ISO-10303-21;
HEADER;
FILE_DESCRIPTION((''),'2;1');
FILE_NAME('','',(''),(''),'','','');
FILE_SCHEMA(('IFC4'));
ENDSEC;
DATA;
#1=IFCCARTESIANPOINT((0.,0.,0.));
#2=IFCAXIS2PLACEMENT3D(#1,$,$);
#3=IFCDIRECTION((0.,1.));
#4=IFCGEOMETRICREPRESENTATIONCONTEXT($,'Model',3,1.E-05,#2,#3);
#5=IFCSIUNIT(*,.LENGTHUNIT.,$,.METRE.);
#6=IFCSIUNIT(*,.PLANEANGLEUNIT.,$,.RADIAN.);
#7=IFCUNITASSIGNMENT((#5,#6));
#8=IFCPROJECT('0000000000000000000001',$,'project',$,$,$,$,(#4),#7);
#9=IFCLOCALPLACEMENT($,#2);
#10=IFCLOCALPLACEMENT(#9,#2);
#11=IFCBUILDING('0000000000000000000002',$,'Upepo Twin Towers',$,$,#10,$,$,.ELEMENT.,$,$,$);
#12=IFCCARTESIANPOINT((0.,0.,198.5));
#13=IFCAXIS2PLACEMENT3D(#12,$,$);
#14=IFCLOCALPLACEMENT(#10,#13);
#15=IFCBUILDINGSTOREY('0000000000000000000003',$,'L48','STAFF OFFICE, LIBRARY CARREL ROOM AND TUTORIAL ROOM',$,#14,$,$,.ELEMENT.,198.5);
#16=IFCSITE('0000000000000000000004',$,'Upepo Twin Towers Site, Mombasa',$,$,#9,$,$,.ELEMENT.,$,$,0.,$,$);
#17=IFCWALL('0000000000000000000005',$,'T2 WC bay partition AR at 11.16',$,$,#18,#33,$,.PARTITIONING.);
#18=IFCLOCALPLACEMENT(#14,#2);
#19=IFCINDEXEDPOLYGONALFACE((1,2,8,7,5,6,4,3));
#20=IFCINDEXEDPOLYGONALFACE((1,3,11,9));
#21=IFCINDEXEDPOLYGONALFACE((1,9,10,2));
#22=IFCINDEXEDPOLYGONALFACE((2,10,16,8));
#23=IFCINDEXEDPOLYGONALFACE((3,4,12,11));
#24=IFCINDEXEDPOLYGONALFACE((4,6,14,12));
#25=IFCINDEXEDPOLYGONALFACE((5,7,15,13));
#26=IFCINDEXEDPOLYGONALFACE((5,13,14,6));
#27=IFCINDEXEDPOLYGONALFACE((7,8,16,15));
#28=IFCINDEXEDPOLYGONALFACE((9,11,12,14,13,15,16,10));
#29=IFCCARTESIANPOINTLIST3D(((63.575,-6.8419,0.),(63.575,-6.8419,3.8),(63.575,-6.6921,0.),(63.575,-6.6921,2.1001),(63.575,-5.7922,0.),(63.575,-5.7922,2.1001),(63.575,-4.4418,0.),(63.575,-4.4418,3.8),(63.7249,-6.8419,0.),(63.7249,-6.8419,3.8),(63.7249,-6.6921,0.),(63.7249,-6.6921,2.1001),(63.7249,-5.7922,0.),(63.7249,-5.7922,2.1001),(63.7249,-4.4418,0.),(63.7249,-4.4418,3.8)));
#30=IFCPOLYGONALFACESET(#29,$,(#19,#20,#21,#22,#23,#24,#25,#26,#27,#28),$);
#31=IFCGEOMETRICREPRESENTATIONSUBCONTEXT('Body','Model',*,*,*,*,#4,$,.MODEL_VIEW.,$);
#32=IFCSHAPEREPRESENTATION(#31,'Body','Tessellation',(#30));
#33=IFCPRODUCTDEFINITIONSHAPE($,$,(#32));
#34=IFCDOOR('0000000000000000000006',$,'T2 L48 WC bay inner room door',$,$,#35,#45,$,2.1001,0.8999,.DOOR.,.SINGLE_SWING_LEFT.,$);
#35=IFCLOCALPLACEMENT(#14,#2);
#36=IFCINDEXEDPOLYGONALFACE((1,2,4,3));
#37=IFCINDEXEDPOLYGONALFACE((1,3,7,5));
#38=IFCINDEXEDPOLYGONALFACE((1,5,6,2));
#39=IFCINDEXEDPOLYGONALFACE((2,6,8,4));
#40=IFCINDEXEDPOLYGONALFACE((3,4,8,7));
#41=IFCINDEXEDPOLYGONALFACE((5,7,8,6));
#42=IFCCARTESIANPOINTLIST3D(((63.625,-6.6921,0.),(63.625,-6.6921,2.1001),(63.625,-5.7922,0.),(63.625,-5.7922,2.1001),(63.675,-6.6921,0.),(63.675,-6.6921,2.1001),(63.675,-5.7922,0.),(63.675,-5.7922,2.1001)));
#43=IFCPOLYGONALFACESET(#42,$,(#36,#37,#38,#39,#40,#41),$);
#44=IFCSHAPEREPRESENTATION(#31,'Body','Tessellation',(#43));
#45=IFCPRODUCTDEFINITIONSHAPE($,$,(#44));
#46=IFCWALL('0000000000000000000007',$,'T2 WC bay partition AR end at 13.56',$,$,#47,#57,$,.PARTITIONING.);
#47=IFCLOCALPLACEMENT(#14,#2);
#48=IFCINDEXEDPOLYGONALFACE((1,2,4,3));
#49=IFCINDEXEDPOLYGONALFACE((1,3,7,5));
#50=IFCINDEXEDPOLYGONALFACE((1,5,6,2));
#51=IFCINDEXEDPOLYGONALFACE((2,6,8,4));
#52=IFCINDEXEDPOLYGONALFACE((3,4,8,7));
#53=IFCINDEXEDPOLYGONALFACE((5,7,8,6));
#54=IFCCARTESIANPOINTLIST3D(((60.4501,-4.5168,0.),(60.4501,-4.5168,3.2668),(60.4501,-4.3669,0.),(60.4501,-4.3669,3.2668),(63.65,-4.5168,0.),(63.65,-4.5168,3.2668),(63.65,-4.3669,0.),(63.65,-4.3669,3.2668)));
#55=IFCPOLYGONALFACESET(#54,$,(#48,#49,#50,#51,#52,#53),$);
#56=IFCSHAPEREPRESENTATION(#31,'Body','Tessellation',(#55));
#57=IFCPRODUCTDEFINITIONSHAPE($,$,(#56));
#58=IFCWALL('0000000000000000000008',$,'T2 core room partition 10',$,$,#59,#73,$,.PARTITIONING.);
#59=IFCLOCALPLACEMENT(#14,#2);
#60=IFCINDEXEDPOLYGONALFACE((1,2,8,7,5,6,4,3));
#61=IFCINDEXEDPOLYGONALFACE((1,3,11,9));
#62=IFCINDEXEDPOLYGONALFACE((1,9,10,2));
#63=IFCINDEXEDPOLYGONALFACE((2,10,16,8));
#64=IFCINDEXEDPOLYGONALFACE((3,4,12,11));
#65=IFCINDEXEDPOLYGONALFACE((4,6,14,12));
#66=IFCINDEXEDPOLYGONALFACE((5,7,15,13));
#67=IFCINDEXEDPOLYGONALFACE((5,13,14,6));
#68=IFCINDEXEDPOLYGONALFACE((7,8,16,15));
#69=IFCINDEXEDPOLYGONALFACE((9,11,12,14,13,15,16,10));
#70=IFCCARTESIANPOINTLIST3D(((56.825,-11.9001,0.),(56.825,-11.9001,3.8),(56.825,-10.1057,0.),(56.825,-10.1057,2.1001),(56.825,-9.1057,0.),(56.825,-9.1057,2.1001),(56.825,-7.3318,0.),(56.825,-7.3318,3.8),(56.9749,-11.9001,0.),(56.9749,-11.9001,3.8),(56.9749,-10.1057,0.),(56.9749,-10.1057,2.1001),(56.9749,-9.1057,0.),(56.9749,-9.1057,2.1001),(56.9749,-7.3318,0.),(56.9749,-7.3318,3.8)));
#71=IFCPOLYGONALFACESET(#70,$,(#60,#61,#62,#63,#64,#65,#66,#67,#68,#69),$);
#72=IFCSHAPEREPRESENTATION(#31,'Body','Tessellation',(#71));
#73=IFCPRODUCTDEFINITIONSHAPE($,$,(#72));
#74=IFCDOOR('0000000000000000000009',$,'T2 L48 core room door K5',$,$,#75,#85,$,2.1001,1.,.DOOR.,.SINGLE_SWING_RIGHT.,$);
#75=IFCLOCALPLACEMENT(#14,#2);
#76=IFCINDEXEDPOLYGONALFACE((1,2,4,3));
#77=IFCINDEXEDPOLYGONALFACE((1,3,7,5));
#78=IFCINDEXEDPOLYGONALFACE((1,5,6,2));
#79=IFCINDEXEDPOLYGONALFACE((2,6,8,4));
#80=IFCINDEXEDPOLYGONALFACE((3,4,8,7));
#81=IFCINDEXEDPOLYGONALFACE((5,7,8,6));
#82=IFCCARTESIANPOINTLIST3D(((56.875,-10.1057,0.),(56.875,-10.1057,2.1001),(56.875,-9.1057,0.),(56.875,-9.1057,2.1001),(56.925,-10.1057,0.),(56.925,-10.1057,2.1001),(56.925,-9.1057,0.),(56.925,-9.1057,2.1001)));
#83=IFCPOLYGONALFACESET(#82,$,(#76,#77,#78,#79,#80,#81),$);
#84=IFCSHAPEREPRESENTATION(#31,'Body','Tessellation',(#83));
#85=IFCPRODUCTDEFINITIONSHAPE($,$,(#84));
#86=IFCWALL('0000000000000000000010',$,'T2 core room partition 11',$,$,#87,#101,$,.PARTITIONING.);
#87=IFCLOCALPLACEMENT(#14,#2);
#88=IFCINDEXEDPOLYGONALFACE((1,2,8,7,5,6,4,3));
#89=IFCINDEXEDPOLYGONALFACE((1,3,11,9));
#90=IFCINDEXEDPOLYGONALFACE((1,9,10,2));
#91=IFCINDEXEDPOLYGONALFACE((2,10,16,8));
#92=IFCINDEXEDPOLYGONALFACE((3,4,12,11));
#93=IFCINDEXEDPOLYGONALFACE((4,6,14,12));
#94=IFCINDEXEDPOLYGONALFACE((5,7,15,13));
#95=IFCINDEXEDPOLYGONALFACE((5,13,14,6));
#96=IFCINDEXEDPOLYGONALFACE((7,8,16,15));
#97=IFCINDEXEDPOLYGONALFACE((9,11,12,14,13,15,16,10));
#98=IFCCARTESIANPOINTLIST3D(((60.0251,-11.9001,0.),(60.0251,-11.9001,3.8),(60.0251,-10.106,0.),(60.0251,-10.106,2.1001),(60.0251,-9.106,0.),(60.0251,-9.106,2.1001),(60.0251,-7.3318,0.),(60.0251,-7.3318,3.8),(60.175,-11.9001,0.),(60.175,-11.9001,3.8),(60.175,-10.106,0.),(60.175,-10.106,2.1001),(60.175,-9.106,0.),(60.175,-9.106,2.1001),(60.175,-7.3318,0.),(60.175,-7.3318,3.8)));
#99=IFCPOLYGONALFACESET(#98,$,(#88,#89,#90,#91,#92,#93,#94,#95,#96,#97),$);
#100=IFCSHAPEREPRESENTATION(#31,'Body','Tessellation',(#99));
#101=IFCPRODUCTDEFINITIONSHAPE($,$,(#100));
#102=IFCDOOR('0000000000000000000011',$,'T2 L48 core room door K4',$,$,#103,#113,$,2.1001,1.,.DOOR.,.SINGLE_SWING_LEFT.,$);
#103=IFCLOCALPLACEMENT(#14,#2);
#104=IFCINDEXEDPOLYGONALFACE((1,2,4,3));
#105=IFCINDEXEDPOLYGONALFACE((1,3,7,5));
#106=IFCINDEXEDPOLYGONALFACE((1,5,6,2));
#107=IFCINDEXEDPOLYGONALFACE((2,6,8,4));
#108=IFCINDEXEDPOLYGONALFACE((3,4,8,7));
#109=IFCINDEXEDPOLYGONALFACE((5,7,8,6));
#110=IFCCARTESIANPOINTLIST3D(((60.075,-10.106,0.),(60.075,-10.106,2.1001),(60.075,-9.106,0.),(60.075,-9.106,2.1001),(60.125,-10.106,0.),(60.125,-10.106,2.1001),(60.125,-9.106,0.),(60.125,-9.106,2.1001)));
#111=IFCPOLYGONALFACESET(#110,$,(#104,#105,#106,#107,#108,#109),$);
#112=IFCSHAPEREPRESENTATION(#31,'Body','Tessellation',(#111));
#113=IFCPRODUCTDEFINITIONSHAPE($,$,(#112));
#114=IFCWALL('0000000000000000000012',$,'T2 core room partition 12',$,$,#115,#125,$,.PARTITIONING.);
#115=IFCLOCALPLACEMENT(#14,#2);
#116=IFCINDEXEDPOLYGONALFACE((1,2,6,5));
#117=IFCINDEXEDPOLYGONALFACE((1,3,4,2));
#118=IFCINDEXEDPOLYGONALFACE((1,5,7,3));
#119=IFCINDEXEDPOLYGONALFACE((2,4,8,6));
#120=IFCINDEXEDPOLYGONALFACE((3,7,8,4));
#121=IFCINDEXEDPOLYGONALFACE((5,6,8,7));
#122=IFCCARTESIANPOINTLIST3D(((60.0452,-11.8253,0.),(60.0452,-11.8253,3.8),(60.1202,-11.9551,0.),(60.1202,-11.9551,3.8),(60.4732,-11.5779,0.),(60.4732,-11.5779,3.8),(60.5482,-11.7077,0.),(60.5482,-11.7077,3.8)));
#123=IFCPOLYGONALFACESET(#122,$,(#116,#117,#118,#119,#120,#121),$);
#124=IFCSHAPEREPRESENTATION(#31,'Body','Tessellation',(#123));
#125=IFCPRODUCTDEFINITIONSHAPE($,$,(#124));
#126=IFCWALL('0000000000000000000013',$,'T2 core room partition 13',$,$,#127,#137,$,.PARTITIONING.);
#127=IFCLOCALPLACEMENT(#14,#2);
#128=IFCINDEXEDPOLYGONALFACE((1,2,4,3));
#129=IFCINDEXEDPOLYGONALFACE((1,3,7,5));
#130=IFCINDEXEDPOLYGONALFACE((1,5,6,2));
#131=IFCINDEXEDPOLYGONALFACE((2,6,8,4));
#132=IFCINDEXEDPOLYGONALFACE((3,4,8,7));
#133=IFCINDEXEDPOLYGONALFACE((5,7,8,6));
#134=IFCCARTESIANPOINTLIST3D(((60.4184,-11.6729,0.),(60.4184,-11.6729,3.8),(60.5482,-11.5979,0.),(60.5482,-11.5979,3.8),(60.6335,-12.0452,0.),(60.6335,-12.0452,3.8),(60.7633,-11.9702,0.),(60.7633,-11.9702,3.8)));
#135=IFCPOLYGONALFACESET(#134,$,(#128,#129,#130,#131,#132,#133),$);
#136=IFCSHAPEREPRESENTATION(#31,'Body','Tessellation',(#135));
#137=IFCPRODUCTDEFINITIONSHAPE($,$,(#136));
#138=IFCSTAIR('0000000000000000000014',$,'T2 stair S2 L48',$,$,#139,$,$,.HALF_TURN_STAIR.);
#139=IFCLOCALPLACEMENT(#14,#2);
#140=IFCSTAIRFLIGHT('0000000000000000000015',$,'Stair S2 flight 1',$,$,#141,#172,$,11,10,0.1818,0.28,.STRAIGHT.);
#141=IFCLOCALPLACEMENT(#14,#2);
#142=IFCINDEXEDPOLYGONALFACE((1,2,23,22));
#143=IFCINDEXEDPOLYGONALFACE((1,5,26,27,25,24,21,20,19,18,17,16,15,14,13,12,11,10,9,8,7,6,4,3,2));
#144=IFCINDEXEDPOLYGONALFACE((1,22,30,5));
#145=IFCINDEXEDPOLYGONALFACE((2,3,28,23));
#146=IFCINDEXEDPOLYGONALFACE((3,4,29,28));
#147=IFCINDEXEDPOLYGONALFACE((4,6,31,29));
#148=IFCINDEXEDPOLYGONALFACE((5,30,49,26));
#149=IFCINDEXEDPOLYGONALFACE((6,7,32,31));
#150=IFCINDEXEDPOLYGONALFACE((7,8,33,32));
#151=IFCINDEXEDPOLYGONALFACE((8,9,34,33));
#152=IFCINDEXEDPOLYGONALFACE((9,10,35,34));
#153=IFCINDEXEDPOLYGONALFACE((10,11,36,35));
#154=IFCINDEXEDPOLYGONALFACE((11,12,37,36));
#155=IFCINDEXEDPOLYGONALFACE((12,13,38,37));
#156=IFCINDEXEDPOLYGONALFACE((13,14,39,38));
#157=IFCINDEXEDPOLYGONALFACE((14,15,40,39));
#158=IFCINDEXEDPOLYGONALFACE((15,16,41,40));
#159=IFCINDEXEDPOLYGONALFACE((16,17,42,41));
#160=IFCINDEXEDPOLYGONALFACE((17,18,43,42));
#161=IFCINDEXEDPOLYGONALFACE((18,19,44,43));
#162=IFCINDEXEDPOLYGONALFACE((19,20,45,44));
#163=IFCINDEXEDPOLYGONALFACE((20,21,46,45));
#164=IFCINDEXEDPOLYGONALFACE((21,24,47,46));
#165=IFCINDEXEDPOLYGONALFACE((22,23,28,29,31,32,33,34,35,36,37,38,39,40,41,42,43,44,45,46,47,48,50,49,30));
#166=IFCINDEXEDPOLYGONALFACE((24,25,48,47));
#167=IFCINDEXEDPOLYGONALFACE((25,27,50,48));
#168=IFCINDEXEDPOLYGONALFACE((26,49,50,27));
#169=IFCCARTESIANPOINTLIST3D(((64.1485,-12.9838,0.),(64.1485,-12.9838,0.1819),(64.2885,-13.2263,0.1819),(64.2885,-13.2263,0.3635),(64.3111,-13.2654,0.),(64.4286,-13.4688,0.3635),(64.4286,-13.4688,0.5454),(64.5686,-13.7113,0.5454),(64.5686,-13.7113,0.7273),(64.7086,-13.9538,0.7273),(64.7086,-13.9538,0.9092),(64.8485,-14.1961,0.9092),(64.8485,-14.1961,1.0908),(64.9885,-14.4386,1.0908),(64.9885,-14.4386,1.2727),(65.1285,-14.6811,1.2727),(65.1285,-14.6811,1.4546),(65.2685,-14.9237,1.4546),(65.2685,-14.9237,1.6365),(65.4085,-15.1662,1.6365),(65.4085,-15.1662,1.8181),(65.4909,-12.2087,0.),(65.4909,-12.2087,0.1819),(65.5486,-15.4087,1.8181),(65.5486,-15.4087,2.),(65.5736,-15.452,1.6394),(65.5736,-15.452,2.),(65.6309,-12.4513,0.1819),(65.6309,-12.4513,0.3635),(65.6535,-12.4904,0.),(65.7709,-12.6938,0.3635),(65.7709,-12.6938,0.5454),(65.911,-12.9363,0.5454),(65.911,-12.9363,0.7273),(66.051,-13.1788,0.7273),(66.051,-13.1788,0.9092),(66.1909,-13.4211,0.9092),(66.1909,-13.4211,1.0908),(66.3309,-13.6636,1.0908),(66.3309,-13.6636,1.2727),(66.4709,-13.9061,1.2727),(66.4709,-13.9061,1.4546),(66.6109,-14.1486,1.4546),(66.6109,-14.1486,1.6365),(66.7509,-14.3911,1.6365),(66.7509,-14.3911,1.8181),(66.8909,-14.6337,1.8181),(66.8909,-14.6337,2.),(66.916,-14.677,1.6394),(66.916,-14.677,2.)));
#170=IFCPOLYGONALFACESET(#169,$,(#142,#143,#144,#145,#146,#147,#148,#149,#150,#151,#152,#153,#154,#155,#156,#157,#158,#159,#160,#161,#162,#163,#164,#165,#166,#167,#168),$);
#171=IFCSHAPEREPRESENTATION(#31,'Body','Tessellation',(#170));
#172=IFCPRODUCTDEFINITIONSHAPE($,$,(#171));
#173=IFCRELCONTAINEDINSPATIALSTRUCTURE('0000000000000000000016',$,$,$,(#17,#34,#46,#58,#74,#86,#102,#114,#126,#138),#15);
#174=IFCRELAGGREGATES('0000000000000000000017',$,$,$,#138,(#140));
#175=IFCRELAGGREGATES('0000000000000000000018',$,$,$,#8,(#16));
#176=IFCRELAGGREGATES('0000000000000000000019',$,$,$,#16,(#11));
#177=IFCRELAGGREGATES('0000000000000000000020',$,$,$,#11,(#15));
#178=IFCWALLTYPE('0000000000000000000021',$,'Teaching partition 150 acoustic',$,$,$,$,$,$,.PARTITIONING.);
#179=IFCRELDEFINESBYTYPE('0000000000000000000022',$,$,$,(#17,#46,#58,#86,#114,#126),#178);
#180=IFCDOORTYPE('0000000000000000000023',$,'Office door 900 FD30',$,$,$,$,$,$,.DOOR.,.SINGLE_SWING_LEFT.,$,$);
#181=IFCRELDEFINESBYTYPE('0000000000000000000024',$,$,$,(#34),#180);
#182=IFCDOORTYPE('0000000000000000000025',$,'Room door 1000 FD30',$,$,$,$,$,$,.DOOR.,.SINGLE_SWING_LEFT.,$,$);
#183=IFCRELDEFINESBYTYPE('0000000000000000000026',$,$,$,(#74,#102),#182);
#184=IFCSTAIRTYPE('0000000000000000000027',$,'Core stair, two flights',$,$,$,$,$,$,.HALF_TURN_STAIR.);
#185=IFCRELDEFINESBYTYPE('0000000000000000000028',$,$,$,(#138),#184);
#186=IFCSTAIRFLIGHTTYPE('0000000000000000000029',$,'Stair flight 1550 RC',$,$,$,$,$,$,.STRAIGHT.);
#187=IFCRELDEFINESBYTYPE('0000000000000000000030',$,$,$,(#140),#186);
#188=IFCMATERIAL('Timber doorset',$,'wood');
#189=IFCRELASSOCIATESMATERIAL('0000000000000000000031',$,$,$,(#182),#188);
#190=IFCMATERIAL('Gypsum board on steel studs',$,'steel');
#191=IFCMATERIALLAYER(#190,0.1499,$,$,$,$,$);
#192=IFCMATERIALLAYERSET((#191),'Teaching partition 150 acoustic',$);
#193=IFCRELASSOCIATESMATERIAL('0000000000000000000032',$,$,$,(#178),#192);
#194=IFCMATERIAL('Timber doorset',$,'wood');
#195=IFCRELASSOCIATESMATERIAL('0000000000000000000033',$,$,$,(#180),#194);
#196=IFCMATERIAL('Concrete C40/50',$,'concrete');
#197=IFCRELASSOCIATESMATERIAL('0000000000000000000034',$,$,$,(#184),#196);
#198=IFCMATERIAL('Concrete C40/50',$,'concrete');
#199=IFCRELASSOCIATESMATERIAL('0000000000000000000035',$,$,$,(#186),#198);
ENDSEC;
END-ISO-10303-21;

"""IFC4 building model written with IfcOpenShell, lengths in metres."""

from ifc_helpers import new_model, si_unit, direction, frame, frame_2d, origin, place, context, subcontext, project, spatial, polyline, rectangle, outline, extrude, material, layer, layer_set, type_object, element, fill, aggregate, save


model = new_model("IFC4")

# Units and contexts
model_context = context("Model", 3, precision=1e-05, world=origin(), true_north=direction((0.0, 1.0)))
body_context = subcontext(model_context, "Body", "Model", "MODEL_VIEW")
ifc_project = project(units=[si_unit("LENGTHUNIT", "METRE"), si_unit("PLANEANGLEUNIT", "RADIAN")], contexts=[model_context])

# Site, building, storey
site_placement = place(None, origin())
site = spatial("IfcSite", under=ifc_project, at=site_placement, Name="Upepo Twin Towers Site, Mombasa", CompositionType="ELEMENT", RefElevation=0.0)
building_placement = place(site_placement, origin())
building = spatial("IfcBuilding", under=site, at=building_placement, Name="Upepo Twin Towers", CompositionType="ELEMENT")
storey_placement = place(building_placement, frame((0.0, 0.0, 198.5)))
storey = spatial("IfcBuildingStorey", under=building, at=storey_placement, Name="L48", Description="STAFF OFFICE, LIBRARY CARREL ROOM AND TUTORIAL ROOM", CompositionType="ELEMENT", Elevation=198.5)

# Shared definitions
ifc_material_1 = material(Name="Timber doorset", Category="wood")
door_type_1 = type_object("IfcDoorType", Name="Room door 1000 FD30", OperationType="SINGLE_SWING_LEFT", PredefinedType="DOOR", material=ifc_material_1)

# Shared definitions
ifc_material_2 = material(Name="Gypsum board on steel studs", Category="steel")
ifc_layer_1 = layer(ifc_material_2, 0.1499)
ifc_layer_set_1 = layer_set([ifc_layer_1], Name="Teaching partition 150 acoustic")
wall_type_1 = type_object("IfcWallType", Name="Teaching partition 150 acoustic", PredefinedType="PARTITIONING", material=ifc_layer_set_1)

# Wall, opening, door
wall_1_placement = place(storey_placement, frame((63.6499, -6.842, 0.0), z_axis=(0.0, 0.0, 1.0), x_axis=(0.0, 1.0, 0.0)))
wall_1 = element("IfcWall", 1, at=wall_1_placement, inside=storey, type_object=wall_type_1, Name="T2 WC bay partition AR at 11.16", PredefinedType="PARTITIONING", context=body_context, shape_type="SweptSolid", body=[
    extrude(rectangle(XDim=2.4001, YDim=0.1499, at=frame_2d((1.2002, 0.0))), origin(), (0.0, 0.0, 1.0), 3.8),
])
opening_1_placement = place(wall_1_placement, frame((0.1499, 0.0, 0.0)))
opening_1 = element("IfcOpeningElement", 2, at=opening_1_placement, cuts=wall_1, PredefinedType="OPENING", context=body_context, shape_type="SweptSolid", body=[
    extrude(rectangle(XDim=0.8999, YDim=2.1001, at=frame_2d((0.45, 1.05))), frame((0.0, 0.085, 0.0), z_axis=(0.0, -1.0, 0.0), x_axis=(1.0, 0.0, 0.0)), (0.0, 0.0, 1.0), 0.1699),
])
ifc_material_3 = material(Name="Timber doorset", Category="wood")
door_type_2 = type_object("IfcDoorType", Name="Office door 900 FD30", OperationType="SINGLE_SWING_LEFT", PredefinedType="DOOR", material=ifc_material_3)
door_1_placement = place(opening_1_placement, origin())
door_1 = element("IfcDoor", 3, at=door_1_placement, inside=storey, type_object=door_type_2, Name="T2 L48 WC bay inner room door", OperationType="SINGLE_SWING_LEFT", OverallHeight=2.1001, OverallWidth=0.8999, PredefinedType="DOOR", context=body_context, shape_type="SweptSolid", body=[
    extrude(rectangle(XDim=0.8999, YDim=2.1001, at=frame_2d((0.45, 1.05))), frame((0.0, 0.0249, 0.0), z_axis=(0.0, -1.0, 0.0), x_axis=(1.0, 0.0, 0.0)), (0.0, 0.0, 1.0), 0.05),
])
fill(opening_1, door_1)

# Wall
wall_2_placement = place(storey_placement, frame((60.45, -4.4419, 0.0), z_axis=(0.0, 0.0, 1.0), x_axis=(1.0, 0.0, 0.0)))
element("IfcWall", 4, at=wall_2_placement, inside=storey, type_object=wall_type_1, Name="T2 WC bay partition AR end at 13.56", PredefinedType="PARTITIONING", context=body_context, shape_type="SweptSolid", body=[
    extrude(rectangle(XDim=3.2, YDim=0.1499, at=frame_2d((1.6001, 0.0))), origin(), (0.0, 0.0, 1.0), 3.2668),
])

# Walls, openings, doors
wall_3_placement = place(storey_placement, frame((56.8999, -11.9001, 0.0), z_axis=(0.0, 0.0, 1.0), x_axis=(0.0, 1.0, 0.0)))
wall_3 = element("IfcWall", 5, at=wall_3_placement, inside=storey, type_object=wall_type_1, Name="T2 core room partition 10", PredefinedType="PARTITIONING", context=body_context, shape_type="SweptSolid", body=[
    extrude(rectangle(XDim=4.5684, YDim=0.1499, at=frame_2d((2.2842, 0.0))), origin(), (0.0, 0.0, 1.0), 3.8),
])
opening_2_placement = place(wall_3_placement, frame((1.7944, 0.0, 0.0)))
opening_2 = element("IfcOpeningElement", 6, at=opening_2_placement, cuts=wall_3, PredefinedType="OPENING", context=body_context, shape_type="SweptSolid", body=[
    extrude(rectangle(XDim=1.0, YDim=2.1001, at=frame_2d((0.5, 1.05))), frame((0.0, 0.085, 0.0), z_axis=(0.0, -1.0, 0.0), x_axis=(1.0, 0.0, 0.0)), (0.0, 0.0, 1.0), 0.1699),
])
door_2_placement = place(opening_2_placement, origin())
door_2 = element("IfcDoor", 7, at=door_2_placement, inside=storey, type_object=door_type_1, Name="T2 L48 core room door K5", OperationType="SINGLE_SWING_RIGHT", OverallHeight=2.1001, OverallWidth=1.0, PredefinedType="DOOR", context=body_context, shape_type="SweptSolid", body=[
    extrude(rectangle(XDim=1.0, YDim=2.1001, at=frame_2d((0.5, 1.05))), frame((0.0, 0.0249, 0.0), z_axis=(0.0, -1.0, 0.0), x_axis=(1.0, 0.0, 0.0)), (0.0, 0.0, 1.0), 0.05),
])
fill(opening_2, door_2)
wall_4_placement = place(storey_placement, frame((60.1001, -7.3318, 0.0), z_axis=(0.0, 0.0, 1.0), x_axis=(0.0, -1.0, 0.0)))
wall_4 = element("IfcWall", 8, at=wall_4_placement, inside=storey, type_object=wall_type_1, Name="T2 core room partition 11", PredefinedType="PARTITIONING", context=body_context, shape_type="SweptSolid", body=[
    extrude(rectangle(XDim=4.5684, YDim=0.1499, at=frame_2d((2.2842, 0.0))), origin(), (0.0, 0.0, 1.0), 3.8),
])
opening_3_placement = place(wall_4_placement, frame((1.7742, 0.0, 0.0)))
opening_3 = element("IfcOpeningElement", 9, at=opening_3_placement, cuts=wall_4, PredefinedType="OPENING", context=body_context, shape_type="SweptSolid", body=[
    extrude(rectangle(XDim=1.0, YDim=2.1001, at=frame_2d((0.5, 1.05))), frame((0.0, 0.085, 0.0), z_axis=(0.0, -1.0, 0.0), x_axis=(1.0, 0.0, 0.0)), (0.0, 0.0, 1.0), 0.1699),
])
door_3_placement = place(opening_3_placement, origin())
door_3 = element("IfcDoor", 10, at=door_3_placement, inside=storey, type_object=door_type_1, Name="T2 L48 core room door K4", OperationType="SINGLE_SWING_LEFT", OverallHeight=2.1001, OverallWidth=1.0, PredefinedType="DOOR", context=body_context, shape_type="SweptSolid", body=[
    extrude(rectangle(XDim=1.0, YDim=2.1001, at=frame_2d((0.5, 1.05))), frame((0.0, 0.0249, 0.0), z_axis=(0.0, -1.0, 0.0), x_axis=(1.0, 0.0, 0.0)), (0.0, 0.0, 1.0), 0.05),
])
fill(opening_3, door_3)

# Walls
wall_5_placement = place(storey_placement, frame((60.0828, -11.8901, 0.0), z_axis=(0.0, 0.0, 1.0), x_axis=(0.865832, 0.500335, 0.0)))
element("IfcWall", 11, at=wall_5_placement, inside=storey, type_object=wall_type_1, Name="T2 core room partition 12", PredefinedType="PARTITIONING", context=body_context, shape_type="SweptSolid", body=[
    extrude(rectangle(XDim=0.4944, YDim=0.1499, at=frame_2d((0.2471, 0.0))), origin(), (0.0, 0.0, 1.0), 3.8),
])
wall_6_placement = place(storey_placement, frame((60.4834, -11.6355, 0.0), z_axis=(0.0, 0.0, 1.0), x_axis=(0.50023, -0.865892, 0.0)))
element("IfcWall", 12, at=wall_6_placement, inside=storey, type_object=wall_type_1, Name="T2 core room partition 13", PredefinedType="PARTITIONING", context=body_context, shape_type="SweptSolid", body=[
    extrude(rectangle(XDim=0.4299, YDim=0.1499, at=frame_2d((0.2148, 0.0))), origin(), (0.0, 0.0, 1.0), 3.8),
])

# Stair, stair flight
ifc_material_4 = material(Name="Concrete C40/50", Category="concrete")
stair_type = type_object("IfcStairType", Name="Core stair, two flights", PredefinedType="HALF_TURN_STAIR", material=ifc_material_4)
stair_placement = place(storey_placement, origin())
stair = element("IfcStair", 13, at=stair_placement, inside=storey, type_object=stair_type, Name="T2 stair S2 L48", PredefinedType="HALF_TURN_STAIR")
ifc_material_5 = material(Name="Concrete C40/50", Category="concrete")
stair_flight_type = type_object("IfcStairFlightType", Name="Stair flight 1550 RC", PredefinedType="STRAIGHT", material=ifc_material_5)
stair_flight_1_placement = place(storey_placement, frame((64.8198, -12.5962, 0.0), z_axis=(0.0, 0.0, 1.0), x_axis=(0.5, -0.866025, 0.0)))
stair_flight_1 = element("IfcStairFlight", 14, at=stair_flight_1_placement, type_object=stair_flight_type, Name="Stair S2 flight 1", NumberOfRisers=11, NumberOfTreads=10, PredefinedType="STRAIGHT", RiserHeight=0.1818, TreadLength=0.28, context=body_context, shape_type="SweptSolid", body=[
    extrude(outline(polyline([(0.0, 0.0), (0.0, 0.1819), (0.28, 0.1819), (0.28, 0.3635), (0.5601, 0.3635), (0.5601, 0.5454), (0.8401, 0.5454), (0.8401, 0.7273), (1.1201, 0.7273), (1.1201, 0.9092), (1.3999, 0.9092), (1.3999, 1.0908), (1.6799, 1.0908), (1.6799, 1.2727), (1.96, 1.2727), (1.96, 1.4546), (2.24, 1.4546), (2.24, 1.6365), (2.52, 1.6365), (2.52, 1.8181), (2.8, 1.8181), (2.8, 2.0), (2.8501, 2.0), (2.8501, 1.6394), (0.3252, 0.0), (0.0, 0.0)])), frame((0.0, 0.7749, 0.0), z_axis=(0.0, -1.0, 0.0), x_axis=(1.0, 0.0, 0.0)), (0.0, 0.0, 1.0), 1.55),
])
aggregate(stair, [stair_flight_1])

save(model, "model.ifc")
